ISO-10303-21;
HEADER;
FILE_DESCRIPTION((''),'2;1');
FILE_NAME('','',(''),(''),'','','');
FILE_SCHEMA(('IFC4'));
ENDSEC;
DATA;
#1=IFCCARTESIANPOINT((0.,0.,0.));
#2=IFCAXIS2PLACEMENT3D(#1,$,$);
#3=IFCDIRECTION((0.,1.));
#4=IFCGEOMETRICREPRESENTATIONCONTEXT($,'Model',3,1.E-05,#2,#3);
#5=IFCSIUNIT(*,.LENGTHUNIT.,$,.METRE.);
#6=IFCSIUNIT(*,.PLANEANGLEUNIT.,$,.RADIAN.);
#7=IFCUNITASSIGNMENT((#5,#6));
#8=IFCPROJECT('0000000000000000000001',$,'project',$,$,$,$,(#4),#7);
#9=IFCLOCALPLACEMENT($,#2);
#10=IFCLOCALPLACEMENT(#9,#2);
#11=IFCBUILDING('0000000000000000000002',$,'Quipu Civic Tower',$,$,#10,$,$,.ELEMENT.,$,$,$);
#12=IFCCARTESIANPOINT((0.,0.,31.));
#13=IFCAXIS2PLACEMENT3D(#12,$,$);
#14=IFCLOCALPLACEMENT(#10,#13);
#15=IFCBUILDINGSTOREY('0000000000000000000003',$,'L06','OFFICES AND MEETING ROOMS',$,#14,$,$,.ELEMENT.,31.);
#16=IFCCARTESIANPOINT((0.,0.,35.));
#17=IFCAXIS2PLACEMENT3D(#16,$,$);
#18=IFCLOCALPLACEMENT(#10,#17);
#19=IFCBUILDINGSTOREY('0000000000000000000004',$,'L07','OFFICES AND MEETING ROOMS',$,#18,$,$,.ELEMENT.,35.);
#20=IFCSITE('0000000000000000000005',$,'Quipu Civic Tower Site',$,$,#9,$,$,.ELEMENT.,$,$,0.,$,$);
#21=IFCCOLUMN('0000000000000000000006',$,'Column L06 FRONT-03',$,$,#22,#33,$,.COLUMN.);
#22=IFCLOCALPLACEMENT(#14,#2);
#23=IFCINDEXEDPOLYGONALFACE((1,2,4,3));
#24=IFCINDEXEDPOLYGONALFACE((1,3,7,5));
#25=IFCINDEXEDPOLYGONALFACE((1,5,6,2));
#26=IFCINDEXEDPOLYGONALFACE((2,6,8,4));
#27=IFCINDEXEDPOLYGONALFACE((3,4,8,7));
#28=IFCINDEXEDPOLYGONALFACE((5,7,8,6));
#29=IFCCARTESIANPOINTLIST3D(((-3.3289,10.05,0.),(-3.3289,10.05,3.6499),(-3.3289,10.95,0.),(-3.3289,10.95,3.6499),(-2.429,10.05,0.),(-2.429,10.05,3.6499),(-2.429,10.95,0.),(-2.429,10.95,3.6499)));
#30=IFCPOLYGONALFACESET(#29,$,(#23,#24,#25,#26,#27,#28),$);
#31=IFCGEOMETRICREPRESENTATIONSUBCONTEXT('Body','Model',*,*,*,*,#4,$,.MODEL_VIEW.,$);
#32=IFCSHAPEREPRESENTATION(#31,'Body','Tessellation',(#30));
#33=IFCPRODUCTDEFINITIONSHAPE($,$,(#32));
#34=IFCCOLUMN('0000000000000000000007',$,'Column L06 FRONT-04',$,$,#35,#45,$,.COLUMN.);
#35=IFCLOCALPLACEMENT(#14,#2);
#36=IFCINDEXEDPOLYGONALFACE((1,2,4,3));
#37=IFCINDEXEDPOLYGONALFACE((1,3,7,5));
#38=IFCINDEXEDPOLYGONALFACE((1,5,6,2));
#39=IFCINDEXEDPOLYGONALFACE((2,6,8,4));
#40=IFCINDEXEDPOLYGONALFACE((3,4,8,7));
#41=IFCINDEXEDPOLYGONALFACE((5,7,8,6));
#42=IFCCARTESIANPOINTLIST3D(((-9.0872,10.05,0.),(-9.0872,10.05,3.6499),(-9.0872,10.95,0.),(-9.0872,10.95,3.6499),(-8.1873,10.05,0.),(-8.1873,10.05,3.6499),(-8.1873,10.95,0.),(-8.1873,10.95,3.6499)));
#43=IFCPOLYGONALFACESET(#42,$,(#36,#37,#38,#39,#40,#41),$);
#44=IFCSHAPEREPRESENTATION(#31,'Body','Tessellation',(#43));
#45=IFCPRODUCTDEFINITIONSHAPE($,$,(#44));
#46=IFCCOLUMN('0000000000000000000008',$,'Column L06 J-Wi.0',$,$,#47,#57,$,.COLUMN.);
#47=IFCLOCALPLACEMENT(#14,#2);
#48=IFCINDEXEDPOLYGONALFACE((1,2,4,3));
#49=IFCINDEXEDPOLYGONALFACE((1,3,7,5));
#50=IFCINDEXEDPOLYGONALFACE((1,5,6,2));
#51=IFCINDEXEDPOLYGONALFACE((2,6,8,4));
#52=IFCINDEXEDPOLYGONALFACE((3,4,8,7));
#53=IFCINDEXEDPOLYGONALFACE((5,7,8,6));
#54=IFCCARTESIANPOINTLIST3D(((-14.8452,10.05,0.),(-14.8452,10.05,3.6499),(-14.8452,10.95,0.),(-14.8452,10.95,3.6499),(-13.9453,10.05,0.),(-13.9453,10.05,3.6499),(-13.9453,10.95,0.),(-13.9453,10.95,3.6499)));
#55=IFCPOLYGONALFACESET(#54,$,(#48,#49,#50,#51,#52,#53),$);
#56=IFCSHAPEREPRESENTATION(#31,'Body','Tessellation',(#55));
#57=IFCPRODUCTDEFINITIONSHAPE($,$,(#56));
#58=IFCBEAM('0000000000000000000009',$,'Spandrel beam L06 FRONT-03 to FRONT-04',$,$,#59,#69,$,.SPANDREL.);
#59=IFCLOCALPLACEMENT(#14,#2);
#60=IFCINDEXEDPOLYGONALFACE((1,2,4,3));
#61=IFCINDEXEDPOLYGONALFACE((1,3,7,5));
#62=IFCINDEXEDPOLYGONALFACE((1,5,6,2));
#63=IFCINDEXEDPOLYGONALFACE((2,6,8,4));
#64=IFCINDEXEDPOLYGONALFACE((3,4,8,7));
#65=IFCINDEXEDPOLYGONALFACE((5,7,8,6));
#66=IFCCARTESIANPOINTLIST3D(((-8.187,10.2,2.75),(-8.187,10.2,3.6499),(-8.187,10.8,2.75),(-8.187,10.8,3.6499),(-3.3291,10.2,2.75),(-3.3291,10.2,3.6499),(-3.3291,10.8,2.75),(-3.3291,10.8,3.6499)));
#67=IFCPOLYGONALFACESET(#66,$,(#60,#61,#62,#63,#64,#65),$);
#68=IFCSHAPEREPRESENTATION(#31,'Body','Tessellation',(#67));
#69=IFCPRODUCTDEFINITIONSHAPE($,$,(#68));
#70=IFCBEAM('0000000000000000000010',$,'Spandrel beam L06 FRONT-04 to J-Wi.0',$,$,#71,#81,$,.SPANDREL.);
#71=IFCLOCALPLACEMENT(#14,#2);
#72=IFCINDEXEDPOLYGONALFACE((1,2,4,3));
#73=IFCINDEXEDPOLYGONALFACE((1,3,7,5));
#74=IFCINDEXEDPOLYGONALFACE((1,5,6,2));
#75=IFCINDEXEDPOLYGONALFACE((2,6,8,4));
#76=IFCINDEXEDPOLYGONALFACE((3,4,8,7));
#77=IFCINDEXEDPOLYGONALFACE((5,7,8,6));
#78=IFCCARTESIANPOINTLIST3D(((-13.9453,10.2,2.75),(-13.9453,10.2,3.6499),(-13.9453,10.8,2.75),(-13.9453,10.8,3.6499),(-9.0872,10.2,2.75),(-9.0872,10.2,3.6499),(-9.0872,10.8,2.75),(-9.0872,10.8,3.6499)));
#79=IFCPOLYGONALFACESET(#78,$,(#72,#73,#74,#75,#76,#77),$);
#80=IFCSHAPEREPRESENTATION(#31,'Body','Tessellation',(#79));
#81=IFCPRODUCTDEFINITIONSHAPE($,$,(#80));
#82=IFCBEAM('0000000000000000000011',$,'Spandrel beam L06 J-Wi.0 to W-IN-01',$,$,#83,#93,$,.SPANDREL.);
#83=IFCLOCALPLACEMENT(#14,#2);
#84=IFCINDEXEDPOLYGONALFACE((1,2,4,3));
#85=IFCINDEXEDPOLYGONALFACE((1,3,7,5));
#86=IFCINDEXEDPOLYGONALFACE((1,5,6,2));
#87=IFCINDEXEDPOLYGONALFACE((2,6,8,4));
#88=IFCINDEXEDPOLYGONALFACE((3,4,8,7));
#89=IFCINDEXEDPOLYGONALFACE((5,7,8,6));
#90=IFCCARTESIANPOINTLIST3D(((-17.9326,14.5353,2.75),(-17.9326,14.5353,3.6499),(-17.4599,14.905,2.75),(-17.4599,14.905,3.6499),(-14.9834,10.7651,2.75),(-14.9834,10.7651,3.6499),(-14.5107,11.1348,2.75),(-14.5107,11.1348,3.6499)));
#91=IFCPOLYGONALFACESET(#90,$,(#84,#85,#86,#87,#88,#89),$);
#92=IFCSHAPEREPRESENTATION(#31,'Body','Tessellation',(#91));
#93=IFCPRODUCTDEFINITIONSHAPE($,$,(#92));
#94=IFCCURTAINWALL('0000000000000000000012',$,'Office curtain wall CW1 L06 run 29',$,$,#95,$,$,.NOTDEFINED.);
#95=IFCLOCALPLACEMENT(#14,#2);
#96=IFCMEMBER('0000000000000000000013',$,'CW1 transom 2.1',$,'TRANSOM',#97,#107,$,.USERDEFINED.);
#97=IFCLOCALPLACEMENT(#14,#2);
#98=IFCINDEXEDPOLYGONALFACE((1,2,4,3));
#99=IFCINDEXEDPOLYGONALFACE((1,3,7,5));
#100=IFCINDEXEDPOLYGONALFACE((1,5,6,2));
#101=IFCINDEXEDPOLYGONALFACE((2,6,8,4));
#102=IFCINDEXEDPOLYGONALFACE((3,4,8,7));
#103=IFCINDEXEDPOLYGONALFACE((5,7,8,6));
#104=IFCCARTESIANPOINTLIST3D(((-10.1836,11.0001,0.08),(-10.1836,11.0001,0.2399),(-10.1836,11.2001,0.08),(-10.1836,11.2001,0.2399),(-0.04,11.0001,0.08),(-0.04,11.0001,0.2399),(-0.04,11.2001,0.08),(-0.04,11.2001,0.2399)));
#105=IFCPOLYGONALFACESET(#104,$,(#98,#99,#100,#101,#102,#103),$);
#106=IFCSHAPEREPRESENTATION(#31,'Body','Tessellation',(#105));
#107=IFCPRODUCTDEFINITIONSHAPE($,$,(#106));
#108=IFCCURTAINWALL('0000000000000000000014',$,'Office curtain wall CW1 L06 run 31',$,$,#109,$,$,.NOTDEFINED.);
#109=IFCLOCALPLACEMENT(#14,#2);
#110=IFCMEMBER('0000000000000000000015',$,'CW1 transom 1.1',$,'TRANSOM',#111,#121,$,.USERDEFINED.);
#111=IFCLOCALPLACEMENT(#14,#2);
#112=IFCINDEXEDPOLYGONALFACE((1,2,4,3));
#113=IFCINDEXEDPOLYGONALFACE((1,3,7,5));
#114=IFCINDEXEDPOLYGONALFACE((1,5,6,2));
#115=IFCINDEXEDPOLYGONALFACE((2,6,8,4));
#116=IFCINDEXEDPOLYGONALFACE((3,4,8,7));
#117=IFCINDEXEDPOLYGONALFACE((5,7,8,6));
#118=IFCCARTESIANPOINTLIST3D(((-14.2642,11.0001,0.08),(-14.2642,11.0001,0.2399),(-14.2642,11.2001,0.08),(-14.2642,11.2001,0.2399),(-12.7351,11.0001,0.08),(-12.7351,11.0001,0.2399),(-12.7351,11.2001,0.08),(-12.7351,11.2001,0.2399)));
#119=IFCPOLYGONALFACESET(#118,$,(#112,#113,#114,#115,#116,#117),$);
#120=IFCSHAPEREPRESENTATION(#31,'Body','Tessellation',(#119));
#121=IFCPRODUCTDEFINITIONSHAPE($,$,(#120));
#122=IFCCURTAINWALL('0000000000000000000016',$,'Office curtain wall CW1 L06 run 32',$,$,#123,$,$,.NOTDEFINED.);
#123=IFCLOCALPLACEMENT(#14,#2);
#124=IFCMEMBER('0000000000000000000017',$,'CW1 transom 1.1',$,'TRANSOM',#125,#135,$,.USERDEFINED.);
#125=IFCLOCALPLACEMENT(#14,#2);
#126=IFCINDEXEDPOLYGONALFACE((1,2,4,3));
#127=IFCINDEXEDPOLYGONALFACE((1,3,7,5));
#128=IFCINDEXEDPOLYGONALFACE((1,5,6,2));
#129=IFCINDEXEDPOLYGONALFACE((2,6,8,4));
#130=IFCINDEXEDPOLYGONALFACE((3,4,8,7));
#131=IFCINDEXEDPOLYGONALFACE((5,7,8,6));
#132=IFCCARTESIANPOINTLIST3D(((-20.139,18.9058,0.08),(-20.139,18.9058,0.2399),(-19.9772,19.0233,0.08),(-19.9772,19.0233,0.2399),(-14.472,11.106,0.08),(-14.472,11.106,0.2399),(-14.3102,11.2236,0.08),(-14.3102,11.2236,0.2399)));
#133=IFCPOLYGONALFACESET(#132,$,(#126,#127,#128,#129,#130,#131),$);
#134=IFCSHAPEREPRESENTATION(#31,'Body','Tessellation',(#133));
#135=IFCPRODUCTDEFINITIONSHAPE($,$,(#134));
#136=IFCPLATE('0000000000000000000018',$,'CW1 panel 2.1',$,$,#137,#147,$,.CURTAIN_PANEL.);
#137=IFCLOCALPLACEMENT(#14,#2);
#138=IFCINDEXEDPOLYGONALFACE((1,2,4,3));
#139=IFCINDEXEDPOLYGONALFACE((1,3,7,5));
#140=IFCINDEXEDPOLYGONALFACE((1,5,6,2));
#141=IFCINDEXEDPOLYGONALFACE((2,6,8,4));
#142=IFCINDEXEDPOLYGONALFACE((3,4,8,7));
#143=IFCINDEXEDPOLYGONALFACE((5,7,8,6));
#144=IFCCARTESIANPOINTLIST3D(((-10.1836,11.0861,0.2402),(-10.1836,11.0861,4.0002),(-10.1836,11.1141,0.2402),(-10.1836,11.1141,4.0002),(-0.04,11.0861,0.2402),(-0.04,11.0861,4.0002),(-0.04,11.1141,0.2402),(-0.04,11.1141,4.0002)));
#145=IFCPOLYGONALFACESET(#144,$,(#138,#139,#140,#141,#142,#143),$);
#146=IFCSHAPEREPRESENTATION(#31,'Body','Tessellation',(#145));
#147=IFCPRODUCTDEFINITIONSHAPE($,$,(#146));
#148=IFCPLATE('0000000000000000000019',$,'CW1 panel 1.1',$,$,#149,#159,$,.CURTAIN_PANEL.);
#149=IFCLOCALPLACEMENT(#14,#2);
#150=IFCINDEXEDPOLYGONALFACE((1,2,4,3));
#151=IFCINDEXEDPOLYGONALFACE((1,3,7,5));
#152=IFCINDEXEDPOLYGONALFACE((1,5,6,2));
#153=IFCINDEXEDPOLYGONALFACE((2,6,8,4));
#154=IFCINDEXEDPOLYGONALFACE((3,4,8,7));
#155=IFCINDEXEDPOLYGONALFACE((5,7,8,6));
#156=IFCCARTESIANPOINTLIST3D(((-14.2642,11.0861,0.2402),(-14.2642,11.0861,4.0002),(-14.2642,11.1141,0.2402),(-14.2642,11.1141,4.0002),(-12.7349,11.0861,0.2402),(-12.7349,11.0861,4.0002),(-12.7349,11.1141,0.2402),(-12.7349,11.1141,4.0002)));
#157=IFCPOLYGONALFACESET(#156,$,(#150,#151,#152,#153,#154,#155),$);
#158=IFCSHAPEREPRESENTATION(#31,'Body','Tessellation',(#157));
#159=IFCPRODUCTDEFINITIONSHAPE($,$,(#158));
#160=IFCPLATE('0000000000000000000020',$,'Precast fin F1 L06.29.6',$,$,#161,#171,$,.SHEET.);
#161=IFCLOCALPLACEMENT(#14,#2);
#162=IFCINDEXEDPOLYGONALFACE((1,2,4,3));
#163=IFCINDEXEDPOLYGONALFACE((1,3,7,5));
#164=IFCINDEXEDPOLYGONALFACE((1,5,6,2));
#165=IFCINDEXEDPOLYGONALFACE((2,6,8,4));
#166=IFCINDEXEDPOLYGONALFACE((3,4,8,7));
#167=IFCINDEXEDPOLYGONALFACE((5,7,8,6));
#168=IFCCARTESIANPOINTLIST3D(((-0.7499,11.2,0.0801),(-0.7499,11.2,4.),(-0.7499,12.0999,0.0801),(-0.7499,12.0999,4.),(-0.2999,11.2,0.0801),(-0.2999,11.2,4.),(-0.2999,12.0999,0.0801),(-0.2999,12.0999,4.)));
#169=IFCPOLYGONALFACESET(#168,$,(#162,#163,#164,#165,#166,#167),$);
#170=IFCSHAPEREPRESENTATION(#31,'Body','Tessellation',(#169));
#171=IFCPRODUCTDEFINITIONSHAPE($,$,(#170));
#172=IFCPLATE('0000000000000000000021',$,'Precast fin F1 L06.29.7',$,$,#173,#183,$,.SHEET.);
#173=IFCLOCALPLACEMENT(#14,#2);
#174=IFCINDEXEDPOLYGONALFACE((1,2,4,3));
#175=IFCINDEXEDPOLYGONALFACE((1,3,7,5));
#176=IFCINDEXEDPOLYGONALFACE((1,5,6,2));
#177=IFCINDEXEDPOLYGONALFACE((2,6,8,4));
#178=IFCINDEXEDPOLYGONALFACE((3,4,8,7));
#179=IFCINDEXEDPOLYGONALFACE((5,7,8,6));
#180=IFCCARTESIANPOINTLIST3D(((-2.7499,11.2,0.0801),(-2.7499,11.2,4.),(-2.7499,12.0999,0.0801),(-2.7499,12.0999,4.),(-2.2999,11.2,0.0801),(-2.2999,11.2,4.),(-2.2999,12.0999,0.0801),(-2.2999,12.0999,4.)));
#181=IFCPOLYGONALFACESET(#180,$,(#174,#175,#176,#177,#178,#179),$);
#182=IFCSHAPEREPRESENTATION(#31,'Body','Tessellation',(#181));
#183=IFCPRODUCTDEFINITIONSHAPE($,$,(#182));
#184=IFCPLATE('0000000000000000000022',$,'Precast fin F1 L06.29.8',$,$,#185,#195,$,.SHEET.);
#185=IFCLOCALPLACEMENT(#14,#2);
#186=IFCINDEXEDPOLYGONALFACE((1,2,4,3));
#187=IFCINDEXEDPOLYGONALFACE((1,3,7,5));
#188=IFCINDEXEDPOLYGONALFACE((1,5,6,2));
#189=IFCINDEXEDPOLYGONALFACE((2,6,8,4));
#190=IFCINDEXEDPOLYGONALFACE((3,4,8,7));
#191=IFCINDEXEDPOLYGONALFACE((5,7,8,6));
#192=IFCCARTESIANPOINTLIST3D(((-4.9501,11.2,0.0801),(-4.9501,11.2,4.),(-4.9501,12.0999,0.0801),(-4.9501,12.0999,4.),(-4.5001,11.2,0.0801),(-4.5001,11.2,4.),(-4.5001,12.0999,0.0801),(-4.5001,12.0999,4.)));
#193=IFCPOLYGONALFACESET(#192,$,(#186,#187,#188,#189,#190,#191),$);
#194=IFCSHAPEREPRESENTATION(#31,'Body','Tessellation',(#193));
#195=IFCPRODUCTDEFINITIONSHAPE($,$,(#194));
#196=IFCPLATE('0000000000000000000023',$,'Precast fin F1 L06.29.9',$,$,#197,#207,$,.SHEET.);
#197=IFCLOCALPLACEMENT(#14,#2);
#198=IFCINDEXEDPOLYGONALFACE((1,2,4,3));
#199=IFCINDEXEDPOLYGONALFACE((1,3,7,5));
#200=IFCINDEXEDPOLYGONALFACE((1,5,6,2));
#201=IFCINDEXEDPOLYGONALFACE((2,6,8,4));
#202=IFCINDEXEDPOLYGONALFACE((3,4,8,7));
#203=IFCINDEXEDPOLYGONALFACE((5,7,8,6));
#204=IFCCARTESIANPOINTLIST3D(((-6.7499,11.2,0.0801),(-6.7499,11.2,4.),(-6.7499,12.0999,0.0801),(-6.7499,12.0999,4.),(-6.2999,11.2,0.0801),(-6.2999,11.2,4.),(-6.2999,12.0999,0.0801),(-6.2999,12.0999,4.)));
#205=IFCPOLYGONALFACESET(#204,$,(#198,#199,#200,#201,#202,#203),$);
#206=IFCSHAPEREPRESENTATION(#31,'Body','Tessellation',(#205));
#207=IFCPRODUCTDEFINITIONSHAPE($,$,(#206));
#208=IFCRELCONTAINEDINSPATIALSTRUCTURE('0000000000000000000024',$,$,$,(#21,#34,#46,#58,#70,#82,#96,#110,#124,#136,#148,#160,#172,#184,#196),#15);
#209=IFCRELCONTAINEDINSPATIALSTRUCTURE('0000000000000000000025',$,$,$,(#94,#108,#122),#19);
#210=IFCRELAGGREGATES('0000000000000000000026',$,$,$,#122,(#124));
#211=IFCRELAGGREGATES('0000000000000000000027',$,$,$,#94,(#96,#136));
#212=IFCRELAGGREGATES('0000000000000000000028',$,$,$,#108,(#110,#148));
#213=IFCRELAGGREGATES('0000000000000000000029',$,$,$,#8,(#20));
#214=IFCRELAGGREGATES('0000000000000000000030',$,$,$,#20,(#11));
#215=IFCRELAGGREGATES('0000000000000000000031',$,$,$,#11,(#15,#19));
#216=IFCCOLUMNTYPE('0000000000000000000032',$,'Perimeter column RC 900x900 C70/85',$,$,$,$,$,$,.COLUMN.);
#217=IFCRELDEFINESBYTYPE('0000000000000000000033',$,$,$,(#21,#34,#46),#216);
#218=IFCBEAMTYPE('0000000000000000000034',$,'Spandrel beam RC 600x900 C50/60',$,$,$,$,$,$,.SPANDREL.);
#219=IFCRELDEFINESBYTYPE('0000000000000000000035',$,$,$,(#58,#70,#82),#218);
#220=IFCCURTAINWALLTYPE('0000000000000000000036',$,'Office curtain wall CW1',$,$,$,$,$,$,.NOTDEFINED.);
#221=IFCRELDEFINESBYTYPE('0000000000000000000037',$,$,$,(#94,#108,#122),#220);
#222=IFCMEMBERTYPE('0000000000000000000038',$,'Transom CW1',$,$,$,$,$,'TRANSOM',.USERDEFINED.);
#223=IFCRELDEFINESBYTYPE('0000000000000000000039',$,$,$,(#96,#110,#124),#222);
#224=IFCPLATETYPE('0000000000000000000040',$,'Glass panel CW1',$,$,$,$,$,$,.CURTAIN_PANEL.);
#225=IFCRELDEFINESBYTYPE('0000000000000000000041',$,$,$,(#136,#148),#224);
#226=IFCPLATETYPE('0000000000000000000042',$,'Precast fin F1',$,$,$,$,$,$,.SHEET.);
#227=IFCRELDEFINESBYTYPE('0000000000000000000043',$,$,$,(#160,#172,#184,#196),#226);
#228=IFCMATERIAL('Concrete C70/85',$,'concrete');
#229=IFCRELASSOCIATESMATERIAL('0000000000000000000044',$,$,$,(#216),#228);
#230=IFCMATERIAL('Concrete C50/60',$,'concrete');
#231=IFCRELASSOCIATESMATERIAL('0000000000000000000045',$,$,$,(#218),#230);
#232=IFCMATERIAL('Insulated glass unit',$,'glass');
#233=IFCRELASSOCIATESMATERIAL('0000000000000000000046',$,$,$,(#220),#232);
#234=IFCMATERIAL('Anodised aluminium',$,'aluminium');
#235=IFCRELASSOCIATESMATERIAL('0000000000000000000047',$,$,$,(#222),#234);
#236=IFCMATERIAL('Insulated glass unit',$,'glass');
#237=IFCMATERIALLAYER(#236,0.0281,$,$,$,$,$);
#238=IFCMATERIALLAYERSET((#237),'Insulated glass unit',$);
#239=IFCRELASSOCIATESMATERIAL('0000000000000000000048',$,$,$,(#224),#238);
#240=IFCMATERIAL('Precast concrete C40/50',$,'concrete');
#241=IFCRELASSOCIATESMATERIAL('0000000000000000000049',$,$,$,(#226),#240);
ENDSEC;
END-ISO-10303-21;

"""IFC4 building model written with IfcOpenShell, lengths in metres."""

from ifc_helpers import new_model, si_unit, direction, frame, origin, origin_2d, place, context, subcontext, project, spatial, rectangle, extrude, material, layer, layer_set, material_profile, profile_set, type_object, element, aggregate, save


model = new_model("IFC4")

# Units and contexts
model_context = context("Model", 3, precision=1e-05, world=origin(), true_north=direction((0.0, 1.0)))
body_context = subcontext(model_context, "Body", "Model", "MODEL_VIEW")
ifc_project = project(units=[si_unit("LENGTHUNIT", "METRE"), si_unit("PLANEANGLEUNIT", "RADIAN")], contexts=[model_context])

# Site, building, storey
site_placement = place(None, origin())
site = spatial("IfcSite", under=ifc_project, at=site_placement, Name="Quipu Civic Tower Site", CompositionType="ELEMENT", RefElevation=0.0)
building_placement = place(site_placement, origin())
building = spatial("IfcBuilding", under=site, at=building_placement, Name="Quipu Civic Tower", CompositionType="ELEMENT")
storey_1_placement = place(building_placement, frame((0.0, 0.0, 31.0)))
storey_1 = spatial("IfcBuildingStorey", under=building, at=storey_1_placement, Name="L06", Description="OFFICES AND MEETING ROOMS", CompositionType="ELEMENT", Elevation=31.0)

# Columns
ifc_material_1 = material(Name="Concrete C70/85", Category="concrete")
ifc_material_profile_1 = material_profile(ifc_material_1, rectangle(XDim=0.8999, YDim=0.8999, at=origin_2d()), Name="RC900x900")
ifc_profile_set_1 = profile_set([ifc_material_profile_1], Name="Concrete C70/85")
column_type = type_object("IfcColumnType", Name="Perimeter column RC 900x900 C70/85", PredefinedType="COLUMN", material=ifc_profile_set_1)
for number, where, z_axis, x_axis, name in (
    (1, (-2.8789, 10.5, 0.0), (0.0, 0.0, 1.0), (-1.0, 0.0, 0.0), "Column L06 FRONT-03"),
    (2, (-8.6372, 10.5, 0.0), (0.0, 0.0, 1.0), (-1.0, 0.0, 0.0), "Column L06 FRONT-04"),
    (3, (-14.3953, 10.5, 0.0), (0.0, 0.0, 1.0), (-1.0, 0.0, 0.0), "Column L06 J-Wi.0"),
):
    element("IfcColumn", number, at=place(storey_1_placement, frame(where, z_axis=z_axis, x_axis=x_axis)), inside=storey_1, type_object=column_type, Name=name, PredefinedType="COLUMN", context=body_context, shape_type="SweptSolid", body=[
        extrude(rectangle(XDim=0.8999, YDim=0.8999, at=origin_2d()), origin(), (0.0, 0.0, 1.0), 3.6499),
    ])

# Beams
ifc_material_2 = material(Name="Concrete C50/60", Category="concrete")
ifc_material_profile_2 = material_profile(ifc_material_2, rectangle(XDim=0.6001, YDim=0.8999, at=origin_2d()), Name="RC600x900")
ifc_profile_set_2 = profile_set([ifc_material_profile_2], Name="Concrete C50/60")
beam_type = type_object("IfcBeamType", Name="Spandrel beam RC 600x900 C50/60", PredefinedType="SPANDREL", material=ifc_profile_set_2)
beam_1_placement = place(storey_1_placement, frame((-3.3291, 10.5, 3.2), z_axis=(-1.0, 0.0, 0.0), x_axis=(0.0, -1.0, 0.0)))
element("IfcBeam", 4, at=beam_1_placement, inside=storey_1, type_object=beam_type, Name="Spandrel beam L06 FRONT-03 to FRONT-04", PredefinedType="SPANDREL", context=body_context, shape_type="SweptSolid", body=[
    extrude(rectangle(XDim=0.6001, YDim=0.8999, at=origin_2d()), origin(), (0.0, 0.0, 1.0), 4.8579),
])
beam_2_placement = place(storey_1_placement, frame((-9.0872, 10.5, 3.2), z_axis=(-1.0, 0.0, 0.0), x_axis=(0.0, -1.0, 0.0)))
element("IfcBeam", 5, at=beam_2_placement, inside=storey_1, type_object=beam_type, Name="Spandrel beam L06 FRONT-04 to J-Wi.0", PredefinedType="SPANDREL", context=body_context, shape_type="SweptSolid", body=[
    extrude(rectangle(XDim=0.6001, YDim=0.8999, at=origin_2d()), origin(), (0.0, 0.0, 1.0), 4.8582),
])
beam_3_placement = place(storey_1_placement, frame((-14.7471, 10.95, 3.2), z_axis=(-0.616124, 0.787649, 0.0), x_axis=(-0.787649, -0.616124, 0.0)))
element("IfcBeam", 6, at=beam_3_placement, inside=storey_1, type_object=beam_type, Name="Spandrel beam L06 J-Wi.0 to W-IN-01", PredefinedType="SPANDREL", context=body_context, shape_type="SweptSolid", body=[
    extrude(rectangle(XDim=0.6001, YDim=0.8999, at=origin_2d()), origin(), (0.0, 0.0, 1.0), 4.7866),
])

# Shared definitions
storey_2_placement = place(building_placement, frame((0.0, 0.0, 35.0)))
storey_2 = spatial("IfcBuildingStorey", under=building, at=storey_2_placement, Name="L07", Description="OFFICES AND MEETING ROOMS", CompositionType="ELEMENT", Elevation=35.0)

# Curtain walls, members
ifc_material_3 = material(Name="Insulated glass unit", Category="glass")
curtain_wall_type = type_object("IfcCurtainWallType", Name="Office curtain wall CW1", PredefinedType="NOTDEFINED", material=ifc_material_3)
curtain_wall_1_placement = place(storey_2_placement, origin())
curtain_wall_1 = element("IfcCurtainWall", 7, at=curtain_wall_1_placement, inside=storey_2, type_object=curtain_wall_type, Name="Office curtain wall CW1 L06 run 29", PredefinedType="NOTDEFINED")
ifc_material_4 = material(Name="Anodised aluminium", Category="aluminium")
ifc_material_profile_3 = material_profile(ifc_material_4, rectangle(XDim=0.2, YDim=0.1599, at=origin_2d()), Name="RECT 200x160")
ifc_profile_set_3 = profile_set([ifc_material_profile_3], Name="Anodised aluminium")
member_type = type_object("IfcMemberType", Name="Transom CW1", ElementType="TRANSOM", PredefinedType="USERDEFINED", material=ifc_profile_set_3)
member_1_placement = place(storey_1_placement, frame((-0.04, 11.1001, 0.1599), z_axis=(-1.0, 0.0, 0.0), x_axis=(0.0, -1.0, 0.0)))
member_1 = element("IfcMember", 8, at=member_1_placement, inside=storey_1, type_object=member_type, Name="CW1 transom 2.1", ObjectType="TRANSOM", PredefinedType="USERDEFINED", context=body_context, shape_type="SweptSolid", body=[
    extrude(rectangle(XDim=0.2, YDim=0.1599, at=origin_2d()), origin(), (0.0, 0.0, 1.0), 10.1436),
])
curtain_wall_2_placement = place(storey_2_placement, origin())
curtain_wall_2 = element("IfcCurtainWall", 9, at=curtain_wall_2_placement, inside=storey_2, type_object=curtain_wall_type, Name="Office curtain wall CW1 L06 run 31", PredefinedType="NOTDEFINED")
member_2_placement = place(storey_1_placement, frame((-12.7351, 11.1001, 0.1599), z_axis=(-1.0, 0.0, 0.0), x_axis=(0.0, -1.0, 0.0)))
member_2 = element("IfcMember", 10, at=member_2_placement, inside=storey_1, type_object=member_type, Name="CW1 transom 1.1", ObjectType="TRANSOM", PredefinedType="USERDEFINED", context=body_context, shape_type="SweptSolid", body=[
    extrude(rectangle(XDim=0.2, YDim=0.1599, at=origin_2d()), origin(), (0.0, 0.0, 1.0), 1.5291),
])
curtain_wall_3_placement = place(storey_2_placement, origin())
curtain_wall_3 = element("IfcCurtainWall", 11, at=curtain_wall_3_placement, inside=storey_2, type_object=curtain_wall_type, Name="Office curtain wall CW1 L06 run 32", PredefinedType="NOTDEFINED")
member_3_placement = place(storey_1_placement, frame((-14.3911, 11.1648, 0.1599), z_axis=(-0.587792, 0.809012, 0.0), x_axis=(-0.809012, -0.587792, 0.0)))
member_3 = element("IfcMember", 12, at=member_3_placement, inside=storey_1, type_object=member_type, Name="CW1 transom 1.1", ObjectType="TRANSOM", PredefinedType="USERDEFINED", context=body_context, shape_type="SweptSolid", body=[
    extrude(rectangle(XDim=0.2, YDim=0.1599, at=origin_2d()), origin(), (0.0, 0.0, 1.0), 9.6411),
])
aggregate(curtain_wall_3, [member_3])

# Plates
ifc_material_5 = material(Name="Insulated glass unit", Category="glass")
ifc_layer_1 = layer(ifc_material_5, 0.0281)
ifc_layer_set_1 = layer_set([ifc_layer_1], Name="Insulated glass unit")
plate_type_1 = type_object("IfcPlateType", Name="Glass panel CW1", PredefinedType="CURTAIN_PANEL", material=ifc_layer_set_1)
plate_1_placement = place(storey_1_placement, frame((-5.1118, 11.1001, 0.2402), z_axis=(0.0, 0.0, 1.0), x_axis=(-1.0, 0.0, 0.0)))
plate_1 = element("IfcPlate", 13, at=plate_1_placement, inside=storey_1, type_object=plate_type_1, Name="CW1 panel 2.1", PredefinedType="CURTAIN_PANEL", context=body_context, shape_type="SweptSolid", body=[
    extrude(rectangle(XDim=10.1436, YDim=0.0281, at=origin_2d()), origin(), (0.0, 0.0, 1.0), 3.76),
])
aggregate(curtain_wall_1, [member_1, plate_1])
plate_2_placement = place(storey_1_placement, frame((-13.4995, 11.1001, 0.2402), z_axis=(0.0, 0.0, 1.0), x_axis=(-1.0, 0.0, 0.0)))
plate_2 = element("IfcPlate", 14, at=plate_2_placement, inside=storey_1, type_object=plate_type_1, Name="CW1 panel 1.1", PredefinedType="CURTAIN_PANEL", context=body_context, shape_type="SweptSolid", body=[
    extrude(rectangle(XDim=1.5293, YDim=0.0281, at=origin_2d()), origin(), (0.0, 0.0, 1.0), 3.76),
])
aggregate(curtain_wall_2, [member_2, plate_2])

# Plates
ifc_material_6 = material(Name="Precast concrete C40/50", Category="concrete")
plate_type_2 = type_object("IfcPlateType", Name="Precast fin F1", PredefinedType="SHEET", material=ifc_material_6)
for number, where, z_axis, x_axis, name in (
    (15, (-0.5249, 11.6499, 0.0801), (0.0, 0.0, 1.0), (-1.0, 0.0, 0.0), "Precast fin F1 L06.29.6"),
    (16, (-2.5249, 11.6499, 0.0801), (0.0, 0.0, 1.0), (-1.0, 0.0, 0.0), "Precast fin F1 L06.29.7"),
    (17, (-4.7251, 11.6499, 0.0801), (0.0, 0.0, 1.0), (-1.0, 0.0, 0.0), "Precast fin F1 L06.29.8"),
    (18, (-6.5249, 11.6499, 0.0801), (0.0, 0.0, 1.0), (-1.0, 0.0, 0.0), "Precast fin F1 L06.29.9"),
):
    element("IfcPlate", number, at=place(storey_1_placement, frame(where, z_axis=z_axis, x_axis=x_axis)), inside=storey_1, type_object=plate_type_2, Name=name, PredefinedType="SHEET", context=body_context, shape_type="SweptSolid", body=[
        extrude(rectangle(XDim=0.45, YDim=0.8999, at=origin_2d()), origin(), (0.0, 0.0, 1.0), 3.9199),
    ])

save(model, "model.ifc")
